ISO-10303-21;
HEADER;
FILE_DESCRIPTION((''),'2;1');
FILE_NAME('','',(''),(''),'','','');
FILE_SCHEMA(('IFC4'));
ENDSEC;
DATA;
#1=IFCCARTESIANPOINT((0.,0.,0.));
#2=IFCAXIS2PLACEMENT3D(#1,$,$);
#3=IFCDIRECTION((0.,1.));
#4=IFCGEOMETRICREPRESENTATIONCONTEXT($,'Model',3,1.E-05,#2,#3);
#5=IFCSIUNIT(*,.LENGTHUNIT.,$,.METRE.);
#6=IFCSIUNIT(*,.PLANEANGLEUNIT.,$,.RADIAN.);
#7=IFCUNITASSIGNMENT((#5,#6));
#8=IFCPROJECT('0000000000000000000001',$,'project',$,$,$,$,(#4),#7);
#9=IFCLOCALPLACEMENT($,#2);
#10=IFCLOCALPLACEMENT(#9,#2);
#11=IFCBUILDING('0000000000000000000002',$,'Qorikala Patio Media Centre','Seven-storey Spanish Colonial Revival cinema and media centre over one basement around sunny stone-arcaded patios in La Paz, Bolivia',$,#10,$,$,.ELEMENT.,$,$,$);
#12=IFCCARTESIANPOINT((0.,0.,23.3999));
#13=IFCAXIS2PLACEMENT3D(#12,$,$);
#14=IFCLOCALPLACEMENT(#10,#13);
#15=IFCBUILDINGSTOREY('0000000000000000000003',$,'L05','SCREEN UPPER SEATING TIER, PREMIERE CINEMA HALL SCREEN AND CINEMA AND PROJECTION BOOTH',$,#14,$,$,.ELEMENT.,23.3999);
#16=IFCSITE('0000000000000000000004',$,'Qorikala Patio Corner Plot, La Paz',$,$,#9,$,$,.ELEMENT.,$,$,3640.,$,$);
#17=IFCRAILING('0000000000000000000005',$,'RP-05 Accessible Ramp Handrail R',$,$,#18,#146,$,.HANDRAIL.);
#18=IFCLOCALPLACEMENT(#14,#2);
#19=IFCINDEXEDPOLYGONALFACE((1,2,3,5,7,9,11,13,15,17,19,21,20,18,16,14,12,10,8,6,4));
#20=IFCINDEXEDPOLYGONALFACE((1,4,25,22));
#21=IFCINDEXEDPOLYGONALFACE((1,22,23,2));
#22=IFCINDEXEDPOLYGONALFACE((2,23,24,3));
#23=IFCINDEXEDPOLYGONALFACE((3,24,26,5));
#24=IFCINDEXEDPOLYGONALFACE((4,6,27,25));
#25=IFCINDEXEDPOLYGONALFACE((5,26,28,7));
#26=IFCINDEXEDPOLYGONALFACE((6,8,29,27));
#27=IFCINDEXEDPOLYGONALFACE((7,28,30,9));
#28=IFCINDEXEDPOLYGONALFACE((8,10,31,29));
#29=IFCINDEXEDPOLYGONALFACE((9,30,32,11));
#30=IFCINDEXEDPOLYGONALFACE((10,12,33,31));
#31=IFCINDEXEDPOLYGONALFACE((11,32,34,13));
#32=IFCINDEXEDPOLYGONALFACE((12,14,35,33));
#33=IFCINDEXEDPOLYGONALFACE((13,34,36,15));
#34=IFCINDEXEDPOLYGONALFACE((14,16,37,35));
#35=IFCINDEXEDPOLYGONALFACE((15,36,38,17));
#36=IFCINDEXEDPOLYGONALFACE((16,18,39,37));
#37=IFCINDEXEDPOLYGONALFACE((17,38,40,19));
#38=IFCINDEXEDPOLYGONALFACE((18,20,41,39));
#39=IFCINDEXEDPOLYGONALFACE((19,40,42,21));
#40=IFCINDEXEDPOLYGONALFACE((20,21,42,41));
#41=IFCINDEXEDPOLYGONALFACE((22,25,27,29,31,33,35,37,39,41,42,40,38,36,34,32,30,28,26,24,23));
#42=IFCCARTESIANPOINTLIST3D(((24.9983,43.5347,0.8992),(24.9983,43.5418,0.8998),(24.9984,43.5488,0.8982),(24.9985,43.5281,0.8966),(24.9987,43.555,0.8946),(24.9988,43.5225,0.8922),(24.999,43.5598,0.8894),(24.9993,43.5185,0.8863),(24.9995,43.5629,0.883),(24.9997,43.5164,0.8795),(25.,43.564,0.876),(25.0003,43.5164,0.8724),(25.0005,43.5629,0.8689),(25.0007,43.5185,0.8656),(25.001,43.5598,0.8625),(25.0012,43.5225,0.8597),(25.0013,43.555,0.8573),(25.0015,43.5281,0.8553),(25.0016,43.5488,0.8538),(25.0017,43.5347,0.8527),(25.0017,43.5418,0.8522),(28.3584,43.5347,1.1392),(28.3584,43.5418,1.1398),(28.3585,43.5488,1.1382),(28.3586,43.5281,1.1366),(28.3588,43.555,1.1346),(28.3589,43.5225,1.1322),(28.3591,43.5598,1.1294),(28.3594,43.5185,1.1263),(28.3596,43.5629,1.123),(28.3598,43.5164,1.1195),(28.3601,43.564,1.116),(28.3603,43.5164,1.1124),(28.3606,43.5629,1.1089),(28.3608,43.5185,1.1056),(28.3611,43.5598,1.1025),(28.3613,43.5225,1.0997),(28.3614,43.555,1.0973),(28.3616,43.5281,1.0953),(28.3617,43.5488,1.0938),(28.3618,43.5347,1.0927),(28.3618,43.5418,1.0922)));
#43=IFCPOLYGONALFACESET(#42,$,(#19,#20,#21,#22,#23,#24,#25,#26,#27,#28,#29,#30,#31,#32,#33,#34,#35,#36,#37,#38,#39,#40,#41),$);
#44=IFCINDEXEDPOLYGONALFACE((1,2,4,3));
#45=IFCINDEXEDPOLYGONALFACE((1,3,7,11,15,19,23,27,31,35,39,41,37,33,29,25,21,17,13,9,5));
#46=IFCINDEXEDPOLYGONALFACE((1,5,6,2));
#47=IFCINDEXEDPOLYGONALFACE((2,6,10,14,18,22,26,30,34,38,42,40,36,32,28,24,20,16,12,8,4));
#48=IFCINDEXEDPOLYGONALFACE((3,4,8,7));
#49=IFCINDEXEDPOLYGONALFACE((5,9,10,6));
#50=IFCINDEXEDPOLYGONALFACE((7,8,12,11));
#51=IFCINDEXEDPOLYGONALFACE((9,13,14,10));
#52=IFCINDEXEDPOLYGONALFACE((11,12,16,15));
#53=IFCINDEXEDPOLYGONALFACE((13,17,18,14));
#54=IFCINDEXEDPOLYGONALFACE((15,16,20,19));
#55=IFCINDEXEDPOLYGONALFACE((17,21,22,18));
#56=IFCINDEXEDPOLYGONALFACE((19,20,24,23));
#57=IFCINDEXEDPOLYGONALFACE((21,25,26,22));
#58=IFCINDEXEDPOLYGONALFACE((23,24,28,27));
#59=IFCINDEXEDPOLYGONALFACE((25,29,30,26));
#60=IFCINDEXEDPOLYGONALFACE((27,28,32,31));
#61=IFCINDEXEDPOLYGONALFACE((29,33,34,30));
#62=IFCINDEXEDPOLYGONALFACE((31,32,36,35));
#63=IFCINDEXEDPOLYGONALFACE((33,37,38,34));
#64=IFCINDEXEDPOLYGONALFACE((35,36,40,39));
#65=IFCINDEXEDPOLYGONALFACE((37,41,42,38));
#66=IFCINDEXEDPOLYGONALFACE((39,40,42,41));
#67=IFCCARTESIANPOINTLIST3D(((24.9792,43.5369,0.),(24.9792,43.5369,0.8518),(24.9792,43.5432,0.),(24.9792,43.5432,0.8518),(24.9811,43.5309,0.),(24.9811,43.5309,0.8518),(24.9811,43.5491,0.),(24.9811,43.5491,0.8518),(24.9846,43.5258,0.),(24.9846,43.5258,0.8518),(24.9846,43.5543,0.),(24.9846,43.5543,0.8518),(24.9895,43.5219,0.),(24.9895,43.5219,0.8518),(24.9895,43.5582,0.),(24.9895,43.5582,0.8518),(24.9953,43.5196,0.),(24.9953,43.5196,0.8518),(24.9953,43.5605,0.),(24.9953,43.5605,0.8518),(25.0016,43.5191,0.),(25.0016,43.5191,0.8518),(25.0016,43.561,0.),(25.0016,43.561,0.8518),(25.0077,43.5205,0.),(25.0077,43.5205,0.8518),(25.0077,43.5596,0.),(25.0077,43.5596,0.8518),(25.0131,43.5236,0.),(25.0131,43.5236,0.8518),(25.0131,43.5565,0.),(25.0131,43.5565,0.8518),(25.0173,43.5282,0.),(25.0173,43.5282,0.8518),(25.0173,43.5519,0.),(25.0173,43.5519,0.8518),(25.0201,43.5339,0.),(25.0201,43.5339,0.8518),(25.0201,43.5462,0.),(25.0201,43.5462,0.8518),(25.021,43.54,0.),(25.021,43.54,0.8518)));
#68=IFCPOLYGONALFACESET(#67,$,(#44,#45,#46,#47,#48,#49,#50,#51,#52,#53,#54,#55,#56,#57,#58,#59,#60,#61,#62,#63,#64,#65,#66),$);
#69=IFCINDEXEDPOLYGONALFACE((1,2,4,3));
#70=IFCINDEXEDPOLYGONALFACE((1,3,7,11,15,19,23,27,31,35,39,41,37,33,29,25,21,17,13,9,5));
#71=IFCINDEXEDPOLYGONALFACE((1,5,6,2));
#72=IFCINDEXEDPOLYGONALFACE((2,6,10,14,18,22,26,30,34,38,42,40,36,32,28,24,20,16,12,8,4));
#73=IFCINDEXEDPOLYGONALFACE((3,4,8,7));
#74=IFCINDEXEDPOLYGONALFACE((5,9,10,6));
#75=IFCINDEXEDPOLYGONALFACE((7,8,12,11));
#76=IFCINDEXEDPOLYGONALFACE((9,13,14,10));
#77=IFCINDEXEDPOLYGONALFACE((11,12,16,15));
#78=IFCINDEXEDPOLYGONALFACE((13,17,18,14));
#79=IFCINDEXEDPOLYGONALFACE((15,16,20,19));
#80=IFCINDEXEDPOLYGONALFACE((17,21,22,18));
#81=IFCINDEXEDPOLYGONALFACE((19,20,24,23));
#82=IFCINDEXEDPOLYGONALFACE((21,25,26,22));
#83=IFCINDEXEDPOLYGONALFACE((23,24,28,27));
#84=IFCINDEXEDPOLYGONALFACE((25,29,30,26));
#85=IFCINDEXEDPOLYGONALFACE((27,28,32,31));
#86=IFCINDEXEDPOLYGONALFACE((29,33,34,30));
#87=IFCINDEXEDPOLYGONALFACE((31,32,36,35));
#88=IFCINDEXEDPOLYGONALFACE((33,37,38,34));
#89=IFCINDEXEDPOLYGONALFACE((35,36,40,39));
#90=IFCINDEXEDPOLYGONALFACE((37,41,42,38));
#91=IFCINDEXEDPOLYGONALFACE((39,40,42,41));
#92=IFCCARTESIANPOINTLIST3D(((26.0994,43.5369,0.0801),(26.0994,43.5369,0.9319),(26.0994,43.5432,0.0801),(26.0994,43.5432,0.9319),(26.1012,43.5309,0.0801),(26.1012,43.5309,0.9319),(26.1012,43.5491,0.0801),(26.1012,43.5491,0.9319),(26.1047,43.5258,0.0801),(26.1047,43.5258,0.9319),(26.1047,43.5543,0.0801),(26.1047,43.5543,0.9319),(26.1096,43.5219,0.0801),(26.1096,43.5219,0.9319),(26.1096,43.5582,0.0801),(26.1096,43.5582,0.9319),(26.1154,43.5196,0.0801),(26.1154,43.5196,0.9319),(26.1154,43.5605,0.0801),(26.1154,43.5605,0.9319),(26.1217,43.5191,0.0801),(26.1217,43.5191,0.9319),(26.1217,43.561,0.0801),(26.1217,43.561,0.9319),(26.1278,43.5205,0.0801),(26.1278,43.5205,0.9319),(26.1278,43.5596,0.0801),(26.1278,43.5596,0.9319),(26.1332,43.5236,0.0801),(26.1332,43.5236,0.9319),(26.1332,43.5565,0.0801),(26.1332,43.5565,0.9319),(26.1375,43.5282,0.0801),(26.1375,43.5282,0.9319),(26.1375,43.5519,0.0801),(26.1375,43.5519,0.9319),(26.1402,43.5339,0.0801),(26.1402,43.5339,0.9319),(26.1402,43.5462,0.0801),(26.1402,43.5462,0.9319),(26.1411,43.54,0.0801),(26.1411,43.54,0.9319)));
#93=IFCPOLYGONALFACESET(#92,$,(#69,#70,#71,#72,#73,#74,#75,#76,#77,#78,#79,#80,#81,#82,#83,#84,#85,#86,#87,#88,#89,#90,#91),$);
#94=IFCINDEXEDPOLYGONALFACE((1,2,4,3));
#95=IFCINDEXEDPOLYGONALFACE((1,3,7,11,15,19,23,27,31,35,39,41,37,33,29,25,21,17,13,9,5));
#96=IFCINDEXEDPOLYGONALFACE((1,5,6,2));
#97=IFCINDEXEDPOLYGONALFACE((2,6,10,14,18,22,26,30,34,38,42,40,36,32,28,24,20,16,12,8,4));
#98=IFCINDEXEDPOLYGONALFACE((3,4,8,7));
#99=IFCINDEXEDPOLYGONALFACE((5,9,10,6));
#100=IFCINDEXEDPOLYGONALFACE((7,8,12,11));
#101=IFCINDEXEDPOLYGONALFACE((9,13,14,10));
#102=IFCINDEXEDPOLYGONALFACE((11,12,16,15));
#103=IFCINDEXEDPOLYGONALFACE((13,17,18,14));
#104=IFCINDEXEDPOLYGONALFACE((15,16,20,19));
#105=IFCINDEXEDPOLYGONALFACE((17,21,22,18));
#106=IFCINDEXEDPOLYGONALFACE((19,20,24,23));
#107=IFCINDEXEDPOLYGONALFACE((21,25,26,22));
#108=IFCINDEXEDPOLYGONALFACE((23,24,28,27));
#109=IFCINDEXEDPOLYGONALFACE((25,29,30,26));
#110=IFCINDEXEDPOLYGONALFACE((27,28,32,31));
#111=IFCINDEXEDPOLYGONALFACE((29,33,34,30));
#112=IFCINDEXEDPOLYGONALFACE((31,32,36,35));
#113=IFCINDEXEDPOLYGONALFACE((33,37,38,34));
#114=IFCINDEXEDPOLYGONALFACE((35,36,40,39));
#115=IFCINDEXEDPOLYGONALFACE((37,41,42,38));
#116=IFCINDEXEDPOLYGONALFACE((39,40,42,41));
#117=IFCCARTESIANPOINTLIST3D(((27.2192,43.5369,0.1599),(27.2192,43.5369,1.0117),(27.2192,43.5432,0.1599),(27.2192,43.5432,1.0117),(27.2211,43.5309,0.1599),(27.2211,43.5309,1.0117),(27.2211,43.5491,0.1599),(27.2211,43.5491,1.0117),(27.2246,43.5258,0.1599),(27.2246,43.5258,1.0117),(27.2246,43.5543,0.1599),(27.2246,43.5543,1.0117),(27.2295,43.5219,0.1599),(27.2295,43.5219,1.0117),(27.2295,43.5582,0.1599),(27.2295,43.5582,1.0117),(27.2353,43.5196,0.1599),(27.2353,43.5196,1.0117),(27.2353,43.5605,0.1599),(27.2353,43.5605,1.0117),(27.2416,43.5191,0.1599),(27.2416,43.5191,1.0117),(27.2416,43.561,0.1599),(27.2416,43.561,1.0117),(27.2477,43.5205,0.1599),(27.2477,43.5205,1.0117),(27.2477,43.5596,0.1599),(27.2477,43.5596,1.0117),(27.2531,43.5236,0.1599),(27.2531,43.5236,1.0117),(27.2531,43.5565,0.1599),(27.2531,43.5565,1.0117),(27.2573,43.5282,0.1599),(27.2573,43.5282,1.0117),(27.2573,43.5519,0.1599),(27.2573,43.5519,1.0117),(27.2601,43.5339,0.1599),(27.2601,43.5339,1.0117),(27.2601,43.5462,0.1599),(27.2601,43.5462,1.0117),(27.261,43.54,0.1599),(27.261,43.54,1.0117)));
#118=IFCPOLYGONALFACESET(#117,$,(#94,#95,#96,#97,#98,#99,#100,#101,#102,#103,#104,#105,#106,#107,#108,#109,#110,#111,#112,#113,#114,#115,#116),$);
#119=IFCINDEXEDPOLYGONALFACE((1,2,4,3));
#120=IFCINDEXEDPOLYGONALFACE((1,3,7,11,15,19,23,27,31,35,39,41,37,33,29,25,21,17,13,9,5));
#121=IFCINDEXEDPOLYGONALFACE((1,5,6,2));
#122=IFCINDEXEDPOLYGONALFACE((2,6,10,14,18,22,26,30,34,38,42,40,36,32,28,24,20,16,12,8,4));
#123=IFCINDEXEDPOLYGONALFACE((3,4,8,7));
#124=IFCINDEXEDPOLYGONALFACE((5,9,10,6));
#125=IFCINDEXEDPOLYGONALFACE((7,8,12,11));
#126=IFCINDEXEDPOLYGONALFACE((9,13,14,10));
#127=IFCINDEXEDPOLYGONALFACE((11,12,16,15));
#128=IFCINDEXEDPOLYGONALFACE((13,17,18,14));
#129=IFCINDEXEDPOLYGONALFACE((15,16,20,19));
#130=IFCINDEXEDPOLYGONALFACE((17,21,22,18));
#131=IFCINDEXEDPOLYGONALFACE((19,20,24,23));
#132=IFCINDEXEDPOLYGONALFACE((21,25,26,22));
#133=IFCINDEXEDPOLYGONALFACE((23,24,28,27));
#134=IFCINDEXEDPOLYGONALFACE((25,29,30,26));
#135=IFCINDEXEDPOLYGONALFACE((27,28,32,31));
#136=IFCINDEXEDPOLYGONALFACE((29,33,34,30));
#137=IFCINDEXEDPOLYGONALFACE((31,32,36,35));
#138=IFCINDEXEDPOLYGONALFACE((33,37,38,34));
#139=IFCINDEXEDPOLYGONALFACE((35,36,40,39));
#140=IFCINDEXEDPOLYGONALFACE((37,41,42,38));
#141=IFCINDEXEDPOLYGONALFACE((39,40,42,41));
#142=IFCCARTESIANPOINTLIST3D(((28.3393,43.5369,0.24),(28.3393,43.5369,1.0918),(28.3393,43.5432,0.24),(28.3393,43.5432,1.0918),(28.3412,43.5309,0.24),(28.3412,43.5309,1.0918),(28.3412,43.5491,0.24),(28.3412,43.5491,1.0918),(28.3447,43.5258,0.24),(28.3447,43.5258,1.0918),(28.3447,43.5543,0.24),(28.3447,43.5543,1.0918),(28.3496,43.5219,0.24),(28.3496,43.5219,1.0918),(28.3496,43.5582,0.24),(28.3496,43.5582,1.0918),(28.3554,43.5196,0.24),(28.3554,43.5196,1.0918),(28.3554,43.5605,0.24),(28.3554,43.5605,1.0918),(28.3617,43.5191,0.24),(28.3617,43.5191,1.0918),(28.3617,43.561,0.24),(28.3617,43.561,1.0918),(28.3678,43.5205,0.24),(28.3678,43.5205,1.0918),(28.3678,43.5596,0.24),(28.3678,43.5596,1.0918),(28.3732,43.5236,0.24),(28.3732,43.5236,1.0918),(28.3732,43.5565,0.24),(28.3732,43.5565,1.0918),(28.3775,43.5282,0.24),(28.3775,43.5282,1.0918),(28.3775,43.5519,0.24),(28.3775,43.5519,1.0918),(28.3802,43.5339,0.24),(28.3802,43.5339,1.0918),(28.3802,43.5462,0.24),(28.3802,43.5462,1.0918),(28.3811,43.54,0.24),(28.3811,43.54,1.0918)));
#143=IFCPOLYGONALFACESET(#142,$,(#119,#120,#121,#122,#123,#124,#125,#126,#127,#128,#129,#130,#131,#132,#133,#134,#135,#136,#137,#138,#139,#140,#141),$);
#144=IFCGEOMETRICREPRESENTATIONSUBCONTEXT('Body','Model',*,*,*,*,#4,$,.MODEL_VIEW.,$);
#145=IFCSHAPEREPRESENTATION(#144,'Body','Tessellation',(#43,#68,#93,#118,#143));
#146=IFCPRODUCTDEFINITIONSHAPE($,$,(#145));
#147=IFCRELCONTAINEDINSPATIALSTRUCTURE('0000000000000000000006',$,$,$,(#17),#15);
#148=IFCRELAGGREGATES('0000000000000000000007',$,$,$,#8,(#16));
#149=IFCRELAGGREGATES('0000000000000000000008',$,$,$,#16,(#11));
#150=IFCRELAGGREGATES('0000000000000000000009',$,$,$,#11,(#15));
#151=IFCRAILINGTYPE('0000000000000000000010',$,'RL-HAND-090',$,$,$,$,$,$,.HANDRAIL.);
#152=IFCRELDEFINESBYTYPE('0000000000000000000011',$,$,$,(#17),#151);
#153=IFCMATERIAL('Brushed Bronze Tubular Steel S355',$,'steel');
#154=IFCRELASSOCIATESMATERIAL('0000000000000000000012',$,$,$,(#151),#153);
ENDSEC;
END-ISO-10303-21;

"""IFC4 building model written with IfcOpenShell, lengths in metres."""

from ifc_helpers import new_model, si_unit, direction, frame, origin, origin_2d, place, context, subcontext, project, spatial, circle, extrude, material, type_object, element, save


model = new_model("IFC4")

# Units and contexts
model_context = context("Model", 3, precision=1e-05, world=origin(), true_north=direction((0.0, 1.0)))
body_context = subcontext(model_context, "Body", "Model", "MODEL_VIEW")
ifc_project = project(units=[si_unit("LENGTHUNIT", "METRE"), si_unit("PLANEANGLEUNIT", "RADIAN")], contexts=[model_context])

# Site, building, storey
site_placement = place(None, origin())
site = spatial("IfcSite", under=ifc_project, at=site_placement, Name="Qorikala Patio Corner Plot, La Paz", CompositionType="ELEMENT", RefElevation=3640.0)
building_placement = place(site_placement, origin())
building = spatial("IfcBuilding", under=site, at=building_placement, Name="Qorikala Patio Media Centre", Description="Seven-storey Spanish Colonial Revival cinema and media centre over one basement around sunny stone-arcaded patios in La Paz, Bolivia", CompositionType="ELEMENT")
storey_placement = place(building_placement, frame((0.0, 0.0, 23.3999)))
storey = spatial("IfcBuildingStorey", under=building, at=storey_placement, Name="L05", Description="SCREEN UPPER SEATING TIER, PREMIERE CINEMA HALL SCREEN AND CINEMA AND PROJECTION BOOTH", CompositionType="ELEMENT", Elevation=23.3999)

# Railing
ifc_material_1 = material(Name="Brushed Bronze Tubular Steel S355", Category="steel")
railing_type = type_object("IfcRailingType", Name="RL-HAND-090", PredefinedType="HANDRAIL", material=ifc_material_1)
for number, where, name in (
    (1, (25.0, 43.54, 0.0), "RP-05 Accessible Ramp Handrail R"),
):
    element("IfcRailing", number, at=place(storey_placement, frame(where)), inside=storey, type_object=railing_type, Name=name, PredefinedType="HANDRAIL", context=body_context, shape_type="SweptSolid", body=[
        extrude(circle(Radius=0.0239, at=origin_2d()), frame((0.0, 0.0, 0.876), z_axis=(0.997459, 0.0, 0.071242), x_axis=(0.0, 1.0, 0.0)), (0.0, 0.0, 1.0), 3.3687),
        extrude(circle(Radius=0.021, at=origin_2d()), origin(), (0.0, 0.0, 1.0), 0.8518),
        extrude(circle(Radius=0.021, at=origin_2d()), frame((1.1201, 0.0, 0.0801)), (0.0, 0.0, 1.0), 0.8518),
        extrude(circle(Radius=0.021, at=origin_2d()), frame((2.24, 0.0, 0.1599)), (0.0, 0.0, 1.0), 0.8518),
        extrude(circle(Radius=0.021, at=origin_2d()), frame((3.3601, 0.0, 0.24)), (0.0, 0.0, 1.0), 0.8518),
    ])

save(model, "model.ifc")
